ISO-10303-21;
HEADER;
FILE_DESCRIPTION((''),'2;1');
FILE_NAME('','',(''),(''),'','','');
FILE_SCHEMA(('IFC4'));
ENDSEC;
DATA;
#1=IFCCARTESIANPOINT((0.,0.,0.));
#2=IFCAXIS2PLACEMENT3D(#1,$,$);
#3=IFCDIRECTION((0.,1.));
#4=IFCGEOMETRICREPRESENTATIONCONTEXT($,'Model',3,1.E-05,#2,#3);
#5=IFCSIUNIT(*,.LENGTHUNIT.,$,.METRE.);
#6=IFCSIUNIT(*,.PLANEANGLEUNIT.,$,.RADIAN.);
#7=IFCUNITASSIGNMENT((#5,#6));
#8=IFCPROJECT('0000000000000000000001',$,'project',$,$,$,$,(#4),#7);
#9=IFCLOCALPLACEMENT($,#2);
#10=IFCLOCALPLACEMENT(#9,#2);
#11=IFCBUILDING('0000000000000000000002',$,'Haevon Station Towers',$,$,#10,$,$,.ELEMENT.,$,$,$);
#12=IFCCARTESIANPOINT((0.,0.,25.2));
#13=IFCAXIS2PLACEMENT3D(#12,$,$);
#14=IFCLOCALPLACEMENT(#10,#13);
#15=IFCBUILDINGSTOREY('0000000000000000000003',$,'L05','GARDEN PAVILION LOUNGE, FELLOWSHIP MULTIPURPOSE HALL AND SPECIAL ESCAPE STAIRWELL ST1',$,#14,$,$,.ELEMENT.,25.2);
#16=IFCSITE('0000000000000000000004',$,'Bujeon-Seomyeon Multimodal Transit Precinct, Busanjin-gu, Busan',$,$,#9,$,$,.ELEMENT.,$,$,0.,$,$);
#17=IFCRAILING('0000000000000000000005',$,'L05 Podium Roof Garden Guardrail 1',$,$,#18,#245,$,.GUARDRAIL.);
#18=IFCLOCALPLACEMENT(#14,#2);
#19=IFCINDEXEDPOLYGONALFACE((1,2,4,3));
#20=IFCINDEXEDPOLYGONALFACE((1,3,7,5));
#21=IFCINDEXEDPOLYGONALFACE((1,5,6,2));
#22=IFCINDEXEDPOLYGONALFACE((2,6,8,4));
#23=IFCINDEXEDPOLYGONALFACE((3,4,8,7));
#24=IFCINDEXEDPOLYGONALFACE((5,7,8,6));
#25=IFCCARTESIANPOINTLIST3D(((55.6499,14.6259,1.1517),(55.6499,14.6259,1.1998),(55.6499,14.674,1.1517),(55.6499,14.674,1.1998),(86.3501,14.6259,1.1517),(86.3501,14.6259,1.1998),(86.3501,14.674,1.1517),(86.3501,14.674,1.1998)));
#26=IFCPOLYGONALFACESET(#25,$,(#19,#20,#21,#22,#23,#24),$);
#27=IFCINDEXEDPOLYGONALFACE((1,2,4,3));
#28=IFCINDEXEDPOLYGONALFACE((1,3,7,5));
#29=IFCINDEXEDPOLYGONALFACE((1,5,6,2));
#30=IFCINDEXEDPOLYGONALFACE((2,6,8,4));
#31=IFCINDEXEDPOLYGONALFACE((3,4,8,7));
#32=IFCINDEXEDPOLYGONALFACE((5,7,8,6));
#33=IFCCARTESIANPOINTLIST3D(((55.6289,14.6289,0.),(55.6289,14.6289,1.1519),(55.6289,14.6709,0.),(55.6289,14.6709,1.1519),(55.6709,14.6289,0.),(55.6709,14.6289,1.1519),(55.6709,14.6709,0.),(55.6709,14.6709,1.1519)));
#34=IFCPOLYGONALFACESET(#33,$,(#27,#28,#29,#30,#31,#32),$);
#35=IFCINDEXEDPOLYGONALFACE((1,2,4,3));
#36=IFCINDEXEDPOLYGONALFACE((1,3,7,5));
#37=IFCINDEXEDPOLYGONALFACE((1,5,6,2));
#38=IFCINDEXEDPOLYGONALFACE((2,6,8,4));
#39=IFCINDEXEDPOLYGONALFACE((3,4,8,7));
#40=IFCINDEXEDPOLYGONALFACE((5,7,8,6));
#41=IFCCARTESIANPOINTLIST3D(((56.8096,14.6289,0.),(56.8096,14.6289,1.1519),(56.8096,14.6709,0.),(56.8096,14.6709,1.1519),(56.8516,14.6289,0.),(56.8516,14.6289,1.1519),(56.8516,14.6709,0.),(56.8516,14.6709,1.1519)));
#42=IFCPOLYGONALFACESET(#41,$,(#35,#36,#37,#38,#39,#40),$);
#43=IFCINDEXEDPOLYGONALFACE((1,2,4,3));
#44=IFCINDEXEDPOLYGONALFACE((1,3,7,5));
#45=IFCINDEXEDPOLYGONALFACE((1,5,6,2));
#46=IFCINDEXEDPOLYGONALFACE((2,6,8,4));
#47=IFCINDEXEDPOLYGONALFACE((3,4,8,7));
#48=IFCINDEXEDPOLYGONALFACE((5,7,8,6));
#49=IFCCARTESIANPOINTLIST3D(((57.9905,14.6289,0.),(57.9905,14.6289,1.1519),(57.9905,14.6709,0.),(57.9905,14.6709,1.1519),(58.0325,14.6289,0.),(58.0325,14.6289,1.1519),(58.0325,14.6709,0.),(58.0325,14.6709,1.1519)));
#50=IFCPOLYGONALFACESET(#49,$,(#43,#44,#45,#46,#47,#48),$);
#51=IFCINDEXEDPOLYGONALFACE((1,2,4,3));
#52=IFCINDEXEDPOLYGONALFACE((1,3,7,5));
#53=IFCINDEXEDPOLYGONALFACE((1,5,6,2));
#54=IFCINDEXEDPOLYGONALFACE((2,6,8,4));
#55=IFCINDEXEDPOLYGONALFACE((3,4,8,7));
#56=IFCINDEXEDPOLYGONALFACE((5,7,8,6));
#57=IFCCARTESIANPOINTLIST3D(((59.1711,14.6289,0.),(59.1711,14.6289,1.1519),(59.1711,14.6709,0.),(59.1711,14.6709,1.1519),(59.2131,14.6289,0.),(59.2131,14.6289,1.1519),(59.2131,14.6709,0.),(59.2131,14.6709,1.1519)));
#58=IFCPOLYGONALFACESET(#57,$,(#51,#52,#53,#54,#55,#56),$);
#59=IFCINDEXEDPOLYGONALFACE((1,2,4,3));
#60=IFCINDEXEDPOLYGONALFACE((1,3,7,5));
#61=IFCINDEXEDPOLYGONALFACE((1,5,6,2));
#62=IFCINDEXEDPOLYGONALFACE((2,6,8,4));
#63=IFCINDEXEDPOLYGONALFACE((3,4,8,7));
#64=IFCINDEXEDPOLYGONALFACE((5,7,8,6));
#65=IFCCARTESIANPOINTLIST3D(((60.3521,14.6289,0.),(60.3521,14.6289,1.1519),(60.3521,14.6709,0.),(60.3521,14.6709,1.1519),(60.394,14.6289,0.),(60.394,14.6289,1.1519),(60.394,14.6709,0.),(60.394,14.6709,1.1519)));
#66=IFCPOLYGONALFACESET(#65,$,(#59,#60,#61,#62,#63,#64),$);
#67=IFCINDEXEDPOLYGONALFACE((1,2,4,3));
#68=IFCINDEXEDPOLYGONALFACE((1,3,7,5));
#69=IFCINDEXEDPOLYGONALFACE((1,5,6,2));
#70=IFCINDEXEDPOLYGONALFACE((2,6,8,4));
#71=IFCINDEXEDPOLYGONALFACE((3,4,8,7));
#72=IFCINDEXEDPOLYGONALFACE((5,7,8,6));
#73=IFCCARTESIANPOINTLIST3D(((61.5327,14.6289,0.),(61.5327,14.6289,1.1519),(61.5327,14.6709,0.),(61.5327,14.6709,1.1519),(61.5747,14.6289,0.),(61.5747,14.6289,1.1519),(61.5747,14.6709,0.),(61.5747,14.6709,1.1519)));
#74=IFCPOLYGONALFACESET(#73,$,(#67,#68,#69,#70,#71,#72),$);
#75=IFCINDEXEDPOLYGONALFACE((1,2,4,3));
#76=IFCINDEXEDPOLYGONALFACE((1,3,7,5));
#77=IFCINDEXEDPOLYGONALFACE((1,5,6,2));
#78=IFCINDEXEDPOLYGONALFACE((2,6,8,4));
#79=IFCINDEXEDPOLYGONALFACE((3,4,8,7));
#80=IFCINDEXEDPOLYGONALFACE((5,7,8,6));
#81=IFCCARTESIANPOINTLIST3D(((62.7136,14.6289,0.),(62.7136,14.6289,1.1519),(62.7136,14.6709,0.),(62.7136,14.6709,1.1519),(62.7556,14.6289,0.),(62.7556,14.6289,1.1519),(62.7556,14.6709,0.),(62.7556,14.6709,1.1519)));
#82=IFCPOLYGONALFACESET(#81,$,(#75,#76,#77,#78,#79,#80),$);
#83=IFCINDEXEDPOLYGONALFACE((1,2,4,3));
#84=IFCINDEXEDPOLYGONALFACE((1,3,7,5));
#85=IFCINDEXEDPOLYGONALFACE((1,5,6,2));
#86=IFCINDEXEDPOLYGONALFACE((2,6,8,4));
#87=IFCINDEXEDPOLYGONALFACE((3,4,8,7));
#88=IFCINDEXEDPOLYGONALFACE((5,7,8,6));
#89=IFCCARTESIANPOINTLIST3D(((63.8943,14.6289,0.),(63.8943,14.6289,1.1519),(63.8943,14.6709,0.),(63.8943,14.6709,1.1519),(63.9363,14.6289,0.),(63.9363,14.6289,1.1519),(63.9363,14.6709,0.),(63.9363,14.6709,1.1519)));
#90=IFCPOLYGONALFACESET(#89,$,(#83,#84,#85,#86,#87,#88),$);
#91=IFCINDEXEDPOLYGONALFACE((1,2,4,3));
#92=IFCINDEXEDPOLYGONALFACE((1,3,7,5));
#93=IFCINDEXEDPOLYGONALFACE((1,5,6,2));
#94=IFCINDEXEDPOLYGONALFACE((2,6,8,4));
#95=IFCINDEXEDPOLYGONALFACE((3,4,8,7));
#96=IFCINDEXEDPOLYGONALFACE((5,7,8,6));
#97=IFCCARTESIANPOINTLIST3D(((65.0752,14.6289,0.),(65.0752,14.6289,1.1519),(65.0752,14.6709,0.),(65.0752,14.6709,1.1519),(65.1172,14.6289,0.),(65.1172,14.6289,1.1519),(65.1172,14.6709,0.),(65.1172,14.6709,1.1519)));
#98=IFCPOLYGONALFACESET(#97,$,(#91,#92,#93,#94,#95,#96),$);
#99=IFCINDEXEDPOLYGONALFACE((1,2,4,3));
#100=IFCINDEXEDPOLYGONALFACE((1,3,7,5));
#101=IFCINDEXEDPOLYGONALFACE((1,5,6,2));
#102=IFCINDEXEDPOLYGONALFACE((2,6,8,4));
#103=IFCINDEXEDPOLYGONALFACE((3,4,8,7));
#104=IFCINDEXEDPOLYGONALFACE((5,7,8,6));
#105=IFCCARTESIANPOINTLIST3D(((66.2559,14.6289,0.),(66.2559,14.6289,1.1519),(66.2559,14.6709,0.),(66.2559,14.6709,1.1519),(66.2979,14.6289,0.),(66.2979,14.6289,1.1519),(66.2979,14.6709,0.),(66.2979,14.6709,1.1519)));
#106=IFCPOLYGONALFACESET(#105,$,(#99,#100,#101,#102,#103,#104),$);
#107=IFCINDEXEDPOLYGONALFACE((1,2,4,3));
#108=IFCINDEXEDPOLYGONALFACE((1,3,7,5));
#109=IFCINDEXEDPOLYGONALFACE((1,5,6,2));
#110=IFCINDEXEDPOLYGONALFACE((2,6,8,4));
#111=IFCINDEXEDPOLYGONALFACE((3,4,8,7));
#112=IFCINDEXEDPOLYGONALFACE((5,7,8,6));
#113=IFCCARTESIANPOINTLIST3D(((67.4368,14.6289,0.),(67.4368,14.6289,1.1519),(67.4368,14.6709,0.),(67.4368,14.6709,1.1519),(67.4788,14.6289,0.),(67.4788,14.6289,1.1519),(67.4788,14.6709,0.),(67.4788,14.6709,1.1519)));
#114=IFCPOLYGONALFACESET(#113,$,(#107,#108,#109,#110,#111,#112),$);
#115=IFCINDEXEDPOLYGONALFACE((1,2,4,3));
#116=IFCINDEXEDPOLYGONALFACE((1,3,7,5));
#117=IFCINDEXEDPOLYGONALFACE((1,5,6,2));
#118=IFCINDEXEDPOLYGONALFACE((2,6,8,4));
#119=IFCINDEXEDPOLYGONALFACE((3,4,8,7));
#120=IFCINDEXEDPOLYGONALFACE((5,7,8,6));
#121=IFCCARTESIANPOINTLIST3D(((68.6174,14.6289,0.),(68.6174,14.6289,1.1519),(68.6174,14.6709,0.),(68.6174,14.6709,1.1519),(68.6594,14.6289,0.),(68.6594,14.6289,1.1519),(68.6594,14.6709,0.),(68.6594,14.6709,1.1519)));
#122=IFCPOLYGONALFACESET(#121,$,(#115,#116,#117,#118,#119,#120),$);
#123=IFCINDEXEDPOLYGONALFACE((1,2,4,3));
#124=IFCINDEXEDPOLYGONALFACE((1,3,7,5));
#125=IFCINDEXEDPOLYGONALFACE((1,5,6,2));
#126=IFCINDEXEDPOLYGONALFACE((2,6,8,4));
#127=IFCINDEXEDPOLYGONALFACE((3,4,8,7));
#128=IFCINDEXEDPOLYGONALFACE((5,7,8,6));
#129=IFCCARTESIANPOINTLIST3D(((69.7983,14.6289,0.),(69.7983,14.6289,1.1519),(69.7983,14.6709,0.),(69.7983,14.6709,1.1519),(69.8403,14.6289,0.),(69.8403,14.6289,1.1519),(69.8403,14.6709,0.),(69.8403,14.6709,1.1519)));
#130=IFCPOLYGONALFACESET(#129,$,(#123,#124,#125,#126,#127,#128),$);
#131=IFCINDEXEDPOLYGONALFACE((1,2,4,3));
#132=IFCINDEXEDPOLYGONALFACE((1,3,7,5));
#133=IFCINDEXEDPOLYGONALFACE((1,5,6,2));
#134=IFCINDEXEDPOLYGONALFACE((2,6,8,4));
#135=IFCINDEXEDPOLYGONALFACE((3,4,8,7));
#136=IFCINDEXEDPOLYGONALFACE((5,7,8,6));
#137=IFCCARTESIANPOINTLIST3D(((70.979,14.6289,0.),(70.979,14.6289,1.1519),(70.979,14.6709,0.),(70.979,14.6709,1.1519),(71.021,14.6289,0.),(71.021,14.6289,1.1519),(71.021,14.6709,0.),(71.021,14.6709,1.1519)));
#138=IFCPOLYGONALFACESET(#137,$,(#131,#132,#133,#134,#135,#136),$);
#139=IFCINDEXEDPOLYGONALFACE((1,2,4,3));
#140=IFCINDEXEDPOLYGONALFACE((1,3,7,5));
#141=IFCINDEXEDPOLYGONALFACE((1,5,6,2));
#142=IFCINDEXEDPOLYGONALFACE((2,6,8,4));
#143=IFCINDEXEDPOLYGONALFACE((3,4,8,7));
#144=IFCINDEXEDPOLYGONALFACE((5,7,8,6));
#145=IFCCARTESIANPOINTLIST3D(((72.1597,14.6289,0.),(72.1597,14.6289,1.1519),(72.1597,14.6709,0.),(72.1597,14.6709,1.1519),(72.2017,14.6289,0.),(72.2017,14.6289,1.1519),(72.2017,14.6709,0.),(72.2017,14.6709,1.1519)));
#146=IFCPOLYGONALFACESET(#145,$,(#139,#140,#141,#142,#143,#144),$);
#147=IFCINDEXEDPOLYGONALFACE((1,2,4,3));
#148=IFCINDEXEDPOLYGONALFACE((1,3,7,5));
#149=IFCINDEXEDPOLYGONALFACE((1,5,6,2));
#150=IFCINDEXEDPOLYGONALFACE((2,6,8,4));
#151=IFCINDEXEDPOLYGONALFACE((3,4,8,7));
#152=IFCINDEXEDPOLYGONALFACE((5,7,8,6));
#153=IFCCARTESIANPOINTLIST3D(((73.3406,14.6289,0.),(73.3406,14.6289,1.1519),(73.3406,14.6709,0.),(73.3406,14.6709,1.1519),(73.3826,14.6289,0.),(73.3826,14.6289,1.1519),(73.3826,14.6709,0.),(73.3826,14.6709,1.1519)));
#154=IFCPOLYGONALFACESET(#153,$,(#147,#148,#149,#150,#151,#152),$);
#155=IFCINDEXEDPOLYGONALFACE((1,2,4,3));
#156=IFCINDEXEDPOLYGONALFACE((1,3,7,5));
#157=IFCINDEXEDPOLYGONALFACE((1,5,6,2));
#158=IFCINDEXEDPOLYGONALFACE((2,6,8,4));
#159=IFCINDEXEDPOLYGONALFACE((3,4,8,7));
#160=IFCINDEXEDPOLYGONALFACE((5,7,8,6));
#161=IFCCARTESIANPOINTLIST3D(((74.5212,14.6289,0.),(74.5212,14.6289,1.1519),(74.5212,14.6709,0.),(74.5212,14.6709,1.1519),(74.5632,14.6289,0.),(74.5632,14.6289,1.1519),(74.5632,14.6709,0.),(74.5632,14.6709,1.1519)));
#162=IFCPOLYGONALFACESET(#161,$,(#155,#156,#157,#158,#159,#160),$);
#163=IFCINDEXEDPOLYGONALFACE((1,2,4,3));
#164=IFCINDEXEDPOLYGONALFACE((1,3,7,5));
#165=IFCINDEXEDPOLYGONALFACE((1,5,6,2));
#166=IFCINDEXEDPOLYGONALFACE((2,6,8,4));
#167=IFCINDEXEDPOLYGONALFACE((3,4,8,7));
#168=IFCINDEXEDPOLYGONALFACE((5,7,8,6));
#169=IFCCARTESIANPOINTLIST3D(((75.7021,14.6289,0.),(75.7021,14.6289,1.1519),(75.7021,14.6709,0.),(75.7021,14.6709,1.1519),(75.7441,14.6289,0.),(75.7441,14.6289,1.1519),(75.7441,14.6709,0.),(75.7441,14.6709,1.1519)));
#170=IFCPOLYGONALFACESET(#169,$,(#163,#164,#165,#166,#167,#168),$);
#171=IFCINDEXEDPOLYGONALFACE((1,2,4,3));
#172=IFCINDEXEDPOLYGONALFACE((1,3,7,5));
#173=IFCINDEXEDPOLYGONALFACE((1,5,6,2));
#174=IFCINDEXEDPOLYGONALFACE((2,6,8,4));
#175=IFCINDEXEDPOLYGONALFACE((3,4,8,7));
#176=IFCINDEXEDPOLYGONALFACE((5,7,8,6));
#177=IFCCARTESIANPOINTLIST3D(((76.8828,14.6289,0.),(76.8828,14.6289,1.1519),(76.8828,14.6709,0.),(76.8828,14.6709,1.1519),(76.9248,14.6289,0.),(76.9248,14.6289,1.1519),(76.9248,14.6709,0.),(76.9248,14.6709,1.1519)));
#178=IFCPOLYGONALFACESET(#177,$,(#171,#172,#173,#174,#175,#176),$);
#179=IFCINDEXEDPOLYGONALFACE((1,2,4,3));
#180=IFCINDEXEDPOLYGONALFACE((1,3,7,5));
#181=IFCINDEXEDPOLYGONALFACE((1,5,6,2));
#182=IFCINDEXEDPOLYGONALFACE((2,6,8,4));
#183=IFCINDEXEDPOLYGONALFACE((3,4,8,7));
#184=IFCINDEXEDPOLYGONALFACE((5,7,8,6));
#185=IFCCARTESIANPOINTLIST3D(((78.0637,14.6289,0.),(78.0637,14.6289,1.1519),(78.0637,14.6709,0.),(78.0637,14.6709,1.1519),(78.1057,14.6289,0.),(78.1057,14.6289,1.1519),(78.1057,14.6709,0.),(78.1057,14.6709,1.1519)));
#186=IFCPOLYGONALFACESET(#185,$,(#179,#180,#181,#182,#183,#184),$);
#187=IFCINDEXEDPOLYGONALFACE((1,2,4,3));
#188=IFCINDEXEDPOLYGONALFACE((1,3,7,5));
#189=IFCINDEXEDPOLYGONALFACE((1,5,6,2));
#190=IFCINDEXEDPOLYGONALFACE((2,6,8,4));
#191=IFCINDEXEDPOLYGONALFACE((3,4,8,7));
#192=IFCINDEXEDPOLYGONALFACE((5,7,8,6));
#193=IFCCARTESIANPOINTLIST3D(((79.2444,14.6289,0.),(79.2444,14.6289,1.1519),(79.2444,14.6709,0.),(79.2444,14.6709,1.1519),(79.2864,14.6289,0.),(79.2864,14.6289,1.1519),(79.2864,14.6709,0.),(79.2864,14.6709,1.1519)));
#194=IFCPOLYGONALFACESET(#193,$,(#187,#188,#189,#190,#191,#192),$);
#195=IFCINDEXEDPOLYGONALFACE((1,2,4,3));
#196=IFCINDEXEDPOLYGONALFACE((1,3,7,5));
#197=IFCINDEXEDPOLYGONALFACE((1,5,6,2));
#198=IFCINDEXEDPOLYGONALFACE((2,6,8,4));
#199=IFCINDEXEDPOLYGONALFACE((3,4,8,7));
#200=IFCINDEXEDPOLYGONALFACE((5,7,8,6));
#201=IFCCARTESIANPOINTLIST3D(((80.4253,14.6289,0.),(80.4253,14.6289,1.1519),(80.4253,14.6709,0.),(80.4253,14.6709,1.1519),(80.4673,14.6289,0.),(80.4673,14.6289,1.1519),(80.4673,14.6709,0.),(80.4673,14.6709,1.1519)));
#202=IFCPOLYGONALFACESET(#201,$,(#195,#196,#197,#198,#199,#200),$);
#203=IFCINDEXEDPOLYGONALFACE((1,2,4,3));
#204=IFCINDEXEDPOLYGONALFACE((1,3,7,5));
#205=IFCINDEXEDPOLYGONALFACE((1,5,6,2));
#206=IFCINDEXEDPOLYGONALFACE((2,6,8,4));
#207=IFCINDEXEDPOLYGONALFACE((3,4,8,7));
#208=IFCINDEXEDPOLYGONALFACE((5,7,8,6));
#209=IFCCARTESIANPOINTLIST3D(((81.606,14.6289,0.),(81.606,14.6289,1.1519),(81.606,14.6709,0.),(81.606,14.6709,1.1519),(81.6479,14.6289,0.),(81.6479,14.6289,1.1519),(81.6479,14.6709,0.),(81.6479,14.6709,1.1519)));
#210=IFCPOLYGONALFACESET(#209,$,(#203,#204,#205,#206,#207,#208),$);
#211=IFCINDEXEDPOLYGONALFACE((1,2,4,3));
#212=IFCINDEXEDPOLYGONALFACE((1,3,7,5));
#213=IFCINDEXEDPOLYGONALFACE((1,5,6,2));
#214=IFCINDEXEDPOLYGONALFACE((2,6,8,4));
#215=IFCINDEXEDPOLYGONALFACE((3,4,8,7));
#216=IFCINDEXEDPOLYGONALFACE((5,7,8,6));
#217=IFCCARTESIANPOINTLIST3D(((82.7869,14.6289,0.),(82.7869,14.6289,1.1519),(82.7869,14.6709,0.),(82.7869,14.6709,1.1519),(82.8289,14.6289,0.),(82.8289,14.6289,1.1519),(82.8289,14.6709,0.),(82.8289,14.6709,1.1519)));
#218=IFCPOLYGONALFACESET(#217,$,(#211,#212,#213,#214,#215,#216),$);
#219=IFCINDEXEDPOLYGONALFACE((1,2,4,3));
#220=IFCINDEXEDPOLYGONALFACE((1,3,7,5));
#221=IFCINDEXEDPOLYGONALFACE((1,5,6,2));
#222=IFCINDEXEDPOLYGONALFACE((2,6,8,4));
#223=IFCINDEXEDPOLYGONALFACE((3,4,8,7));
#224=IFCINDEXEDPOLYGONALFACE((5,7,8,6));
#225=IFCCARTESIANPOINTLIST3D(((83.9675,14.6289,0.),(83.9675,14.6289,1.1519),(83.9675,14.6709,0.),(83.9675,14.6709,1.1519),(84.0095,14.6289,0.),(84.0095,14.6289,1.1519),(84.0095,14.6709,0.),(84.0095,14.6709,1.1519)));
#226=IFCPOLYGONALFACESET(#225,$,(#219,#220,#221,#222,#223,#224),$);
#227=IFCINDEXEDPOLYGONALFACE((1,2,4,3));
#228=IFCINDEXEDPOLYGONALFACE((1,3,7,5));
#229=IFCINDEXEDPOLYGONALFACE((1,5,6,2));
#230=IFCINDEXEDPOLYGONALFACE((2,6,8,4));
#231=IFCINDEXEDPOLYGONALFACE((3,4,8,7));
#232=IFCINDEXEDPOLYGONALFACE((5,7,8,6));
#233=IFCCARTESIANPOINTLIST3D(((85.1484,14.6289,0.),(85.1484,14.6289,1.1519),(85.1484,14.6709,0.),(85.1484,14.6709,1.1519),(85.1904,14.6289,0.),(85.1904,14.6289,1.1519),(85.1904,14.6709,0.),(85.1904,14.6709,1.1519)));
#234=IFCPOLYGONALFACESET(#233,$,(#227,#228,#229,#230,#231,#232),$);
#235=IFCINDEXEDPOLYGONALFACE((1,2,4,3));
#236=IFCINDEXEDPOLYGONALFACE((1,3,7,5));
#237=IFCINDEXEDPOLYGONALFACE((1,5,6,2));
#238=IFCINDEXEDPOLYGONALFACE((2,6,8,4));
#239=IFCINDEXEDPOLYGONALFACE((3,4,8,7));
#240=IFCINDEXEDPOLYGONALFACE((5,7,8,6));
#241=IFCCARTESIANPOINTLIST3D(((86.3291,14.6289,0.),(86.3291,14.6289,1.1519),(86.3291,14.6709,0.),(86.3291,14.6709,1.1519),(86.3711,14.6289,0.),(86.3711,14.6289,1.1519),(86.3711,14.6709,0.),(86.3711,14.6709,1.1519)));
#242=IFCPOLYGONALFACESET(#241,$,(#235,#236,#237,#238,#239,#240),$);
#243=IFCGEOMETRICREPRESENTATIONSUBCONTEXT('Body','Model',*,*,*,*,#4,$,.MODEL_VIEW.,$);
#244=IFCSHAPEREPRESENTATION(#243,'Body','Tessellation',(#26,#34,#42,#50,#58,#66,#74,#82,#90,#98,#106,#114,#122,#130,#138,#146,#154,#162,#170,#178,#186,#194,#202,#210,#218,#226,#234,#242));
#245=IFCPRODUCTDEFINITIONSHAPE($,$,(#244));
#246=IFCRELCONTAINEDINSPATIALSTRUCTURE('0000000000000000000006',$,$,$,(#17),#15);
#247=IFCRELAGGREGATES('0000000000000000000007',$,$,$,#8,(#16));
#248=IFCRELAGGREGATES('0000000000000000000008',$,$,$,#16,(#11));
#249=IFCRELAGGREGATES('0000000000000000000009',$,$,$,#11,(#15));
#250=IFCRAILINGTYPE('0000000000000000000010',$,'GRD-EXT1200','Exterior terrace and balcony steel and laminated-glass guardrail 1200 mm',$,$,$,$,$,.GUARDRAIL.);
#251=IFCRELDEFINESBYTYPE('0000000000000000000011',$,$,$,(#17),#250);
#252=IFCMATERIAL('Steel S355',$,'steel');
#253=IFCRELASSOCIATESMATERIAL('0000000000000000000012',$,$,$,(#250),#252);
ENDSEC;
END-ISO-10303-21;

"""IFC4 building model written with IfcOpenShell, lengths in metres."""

from ifc_helpers import new_model, si_unit, direction, frame, origin, origin_2d, place, context, subcontext, project, spatial, rectangle, extrude, material, type_object, element, save


model = new_model("IFC4")

# Units and contexts
model_context = context("Model", 3, precision=1e-05, world=origin(), true_north=direction((0.0, 1.0)))
body_context = subcontext(model_context, "Body", "Model", "MODEL_VIEW")
ifc_project = project(units=[si_unit("LENGTHUNIT", "METRE"), si_unit("PLANEANGLEUNIT", "RADIAN")], contexts=[model_context])

# Site, building, storey
site_placement = place(None, origin())
site = spatial("IfcSite", under=ifc_project, at=site_placement, Name="Bujeon-Seomyeon Multimodal Transit Precinct, Busanjin-gu, Busan", CompositionType="ELEMENT", RefElevation=0.0)
building_placement = place(site_placement, origin())
building = spatial("IfcBuilding", under=site, at=building_placement, Name="Haevon Station Towers", CompositionType="ELEMENT")
storey_placement = place(building_placement, frame((0.0, 0.0, 25.2)))
storey = spatial("IfcBuildingStorey", under=building, at=storey_placement, Name="L05", Description="GARDEN PAVILION LOUNGE, FELLOWSHIP MULTIPURPOSE HALL AND SPECIAL ESCAPE STAIRWELL ST1", CompositionType="ELEMENT", Elevation=25.2)

# Shared definitions
ifc_material_1 = material(Name="Steel S355", Category="steel")

# Railing
railing_type = type_object("IfcRailingType", Name="GRD-EXT1200", Description="Exterior terrace and balcony steel and laminated-glass guardrail 1200 mm", PredefinedType="GUARDRAIL", material=ifc_material_1)
railing_placement = place(storey_placement, frame((55.6499, 14.6499, 0.0)))
element("IfcRailing", 1, at=railing_placement, inside=storey, type_object=railing_type, Name="L05 Podium Roof Garden Guardrail 1", PredefinedType="GUARDRAIL", context=body_context, shape_type="SweptSolid", body=[
    extrude(rectangle(XDim=0.0481, YDim=0.0481, at=origin_2d()), frame((0.0, 0.0, 1.1758), z_axis=(1.0, 0.0, 0.0), x_axis=(0.0, 1.0, 0.0)), (0.0, 0.0, 1.0), 30.7002),
    extrude(rectangle(XDim=0.042, YDim=0.042, at=origin_2d()), origin(), (0.0, 0.0, 1.0), 1.1519),
    extrude(rectangle(XDim=0.042, YDim=0.042, at=origin_2d()), frame((1.1807, 0.0, 0.0)), (0.0, 0.0, 1.0), 1.1519),
    extrude(rectangle(XDim=0.042, YDim=0.042, at=origin_2d()), frame((2.3616, 0.0, 0.0)), (0.0, 0.0, 1.0), 1.1519),
    extrude(rectangle(XDim=0.042, YDim=0.042, at=origin_2d()), frame((3.5422, 0.0, 0.0)), (0.0, 0.0, 1.0), 1.1519),
    extrude(rectangle(XDim=0.042, YDim=0.042, at=origin_2d()), frame((4.7231, 0.0, 0.0)), (0.0, 0.0, 1.0), 1.1519),
    extrude(rectangle(XDim=0.042, YDim=0.042, at=origin_2d()), frame((5.9038, 0.0, 0.0)), (0.0, 0.0, 1.0), 1.1519),
    extrude(rectangle(XDim=0.042, YDim=0.042, at=origin_2d()), frame((7.0847, 0.0, 0.0)), (0.0, 0.0, 1.0), 1.1519),
    extrude(rectangle(XDim=0.042, YDim=0.042, at=origin_2d()), frame((8.2654, 0.0, 0.0)), (0.0, 0.0, 1.0), 1.1519),
    extrude(rectangle(XDim=0.042, YDim=0.042, at=origin_2d()), frame((9.4463, 0.0, 0.0)), (0.0, 0.0, 1.0), 1.1519),
    extrude(rectangle(XDim=0.042, YDim=0.042, at=origin_2d()), frame((10.627, 0.0, 0.0)), (0.0, 0.0, 1.0), 1.1519),
    extrude(rectangle(XDim=0.042, YDim=0.042, at=origin_2d()), frame((11.8079, 0.0, 0.0)), (0.0, 0.0, 1.0), 1.1519),
    extrude(rectangle(XDim=0.042, YDim=0.042, at=origin_2d()), frame((12.9885, 0.0, 0.0)), (0.0, 0.0, 1.0), 1.1519),
    extrude(rectangle(XDim=0.042, YDim=0.042, at=origin_2d()), frame((14.1694, 0.0, 0.0)), (0.0, 0.0, 1.0), 1.1519),
    extrude(rectangle(XDim=0.042, YDim=0.042, at=origin_2d()), frame((15.3501, 0.0, 0.0)), (0.0, 0.0, 1.0), 1.1519),
    extrude(rectangle(XDim=0.042, YDim=0.042, at=origin_2d()), frame((16.5308, 0.0, 0.0)), (0.0, 0.0, 1.0), 1.1519),
    extrude(rectangle(XDim=0.042, YDim=0.042, at=origin_2d()), frame((17.7117, 0.0, 0.0)), (0.0, 0.0, 1.0), 1.1519),
    extrude(rectangle(XDim=0.042, YDim=0.042, at=origin_2d()), frame((18.8923, 0.0, 0.0)), (0.0, 0.0, 1.0), 1.1519),
    extrude(rectangle(XDim=0.042, YDim=0.042, at=origin_2d()), frame((20.0732, 0.0, 0.0)), (0.0, 0.0, 1.0), 1.1519),
    extrude(rectangle(XDim=0.042, YDim=0.042, at=origin_2d()), frame((21.2539, 0.0, 0.0)), (0.0, 0.0, 1.0), 1.1519),
    extrude(rectangle(XDim=0.042, YDim=0.042, at=origin_2d()), frame((22.4348, 0.0, 0.0)), (0.0, 0.0, 1.0), 1.1519),
    extrude(rectangle(XDim=0.042, YDim=0.042, at=origin_2d()), frame((23.6155, 0.0, 0.0)), (0.0, 0.0, 1.0), 1.1519),
    extrude(rectangle(XDim=0.042, YDim=0.042, at=origin_2d()), frame((24.7964, 0.0, 0.0)), (0.0, 0.0, 1.0), 1.1519),
    extrude(rectangle(XDim=0.042, YDim=0.042, at=origin_2d()), frame((25.9771, 0.0, 0.0)), (0.0, 0.0, 1.0), 1.1519),
    extrude(rectangle(XDim=0.042, YDim=0.042, at=origin_2d()), frame((27.158, 0.0, 0.0)), (0.0, 0.0, 1.0), 1.1519),
    extrude(rectangle(XDim=0.042, YDim=0.042, at=origin_2d()), frame((28.3386, 0.0, 0.0)), (0.0, 0.0, 1.0), 1.1519),
    extrude(rectangle(XDim=0.042, YDim=0.042, at=origin_2d()), frame((29.5195, 0.0, 0.0)), (0.0, 0.0, 1.0), 1.1519),
    extrude(rectangle(XDim=0.042, YDim=0.042, at=origin_2d()), frame((30.7002, 0.0, 0.0)), (0.0, 0.0, 1.0), 1.1519),
])

save(model, "model.ifc")
